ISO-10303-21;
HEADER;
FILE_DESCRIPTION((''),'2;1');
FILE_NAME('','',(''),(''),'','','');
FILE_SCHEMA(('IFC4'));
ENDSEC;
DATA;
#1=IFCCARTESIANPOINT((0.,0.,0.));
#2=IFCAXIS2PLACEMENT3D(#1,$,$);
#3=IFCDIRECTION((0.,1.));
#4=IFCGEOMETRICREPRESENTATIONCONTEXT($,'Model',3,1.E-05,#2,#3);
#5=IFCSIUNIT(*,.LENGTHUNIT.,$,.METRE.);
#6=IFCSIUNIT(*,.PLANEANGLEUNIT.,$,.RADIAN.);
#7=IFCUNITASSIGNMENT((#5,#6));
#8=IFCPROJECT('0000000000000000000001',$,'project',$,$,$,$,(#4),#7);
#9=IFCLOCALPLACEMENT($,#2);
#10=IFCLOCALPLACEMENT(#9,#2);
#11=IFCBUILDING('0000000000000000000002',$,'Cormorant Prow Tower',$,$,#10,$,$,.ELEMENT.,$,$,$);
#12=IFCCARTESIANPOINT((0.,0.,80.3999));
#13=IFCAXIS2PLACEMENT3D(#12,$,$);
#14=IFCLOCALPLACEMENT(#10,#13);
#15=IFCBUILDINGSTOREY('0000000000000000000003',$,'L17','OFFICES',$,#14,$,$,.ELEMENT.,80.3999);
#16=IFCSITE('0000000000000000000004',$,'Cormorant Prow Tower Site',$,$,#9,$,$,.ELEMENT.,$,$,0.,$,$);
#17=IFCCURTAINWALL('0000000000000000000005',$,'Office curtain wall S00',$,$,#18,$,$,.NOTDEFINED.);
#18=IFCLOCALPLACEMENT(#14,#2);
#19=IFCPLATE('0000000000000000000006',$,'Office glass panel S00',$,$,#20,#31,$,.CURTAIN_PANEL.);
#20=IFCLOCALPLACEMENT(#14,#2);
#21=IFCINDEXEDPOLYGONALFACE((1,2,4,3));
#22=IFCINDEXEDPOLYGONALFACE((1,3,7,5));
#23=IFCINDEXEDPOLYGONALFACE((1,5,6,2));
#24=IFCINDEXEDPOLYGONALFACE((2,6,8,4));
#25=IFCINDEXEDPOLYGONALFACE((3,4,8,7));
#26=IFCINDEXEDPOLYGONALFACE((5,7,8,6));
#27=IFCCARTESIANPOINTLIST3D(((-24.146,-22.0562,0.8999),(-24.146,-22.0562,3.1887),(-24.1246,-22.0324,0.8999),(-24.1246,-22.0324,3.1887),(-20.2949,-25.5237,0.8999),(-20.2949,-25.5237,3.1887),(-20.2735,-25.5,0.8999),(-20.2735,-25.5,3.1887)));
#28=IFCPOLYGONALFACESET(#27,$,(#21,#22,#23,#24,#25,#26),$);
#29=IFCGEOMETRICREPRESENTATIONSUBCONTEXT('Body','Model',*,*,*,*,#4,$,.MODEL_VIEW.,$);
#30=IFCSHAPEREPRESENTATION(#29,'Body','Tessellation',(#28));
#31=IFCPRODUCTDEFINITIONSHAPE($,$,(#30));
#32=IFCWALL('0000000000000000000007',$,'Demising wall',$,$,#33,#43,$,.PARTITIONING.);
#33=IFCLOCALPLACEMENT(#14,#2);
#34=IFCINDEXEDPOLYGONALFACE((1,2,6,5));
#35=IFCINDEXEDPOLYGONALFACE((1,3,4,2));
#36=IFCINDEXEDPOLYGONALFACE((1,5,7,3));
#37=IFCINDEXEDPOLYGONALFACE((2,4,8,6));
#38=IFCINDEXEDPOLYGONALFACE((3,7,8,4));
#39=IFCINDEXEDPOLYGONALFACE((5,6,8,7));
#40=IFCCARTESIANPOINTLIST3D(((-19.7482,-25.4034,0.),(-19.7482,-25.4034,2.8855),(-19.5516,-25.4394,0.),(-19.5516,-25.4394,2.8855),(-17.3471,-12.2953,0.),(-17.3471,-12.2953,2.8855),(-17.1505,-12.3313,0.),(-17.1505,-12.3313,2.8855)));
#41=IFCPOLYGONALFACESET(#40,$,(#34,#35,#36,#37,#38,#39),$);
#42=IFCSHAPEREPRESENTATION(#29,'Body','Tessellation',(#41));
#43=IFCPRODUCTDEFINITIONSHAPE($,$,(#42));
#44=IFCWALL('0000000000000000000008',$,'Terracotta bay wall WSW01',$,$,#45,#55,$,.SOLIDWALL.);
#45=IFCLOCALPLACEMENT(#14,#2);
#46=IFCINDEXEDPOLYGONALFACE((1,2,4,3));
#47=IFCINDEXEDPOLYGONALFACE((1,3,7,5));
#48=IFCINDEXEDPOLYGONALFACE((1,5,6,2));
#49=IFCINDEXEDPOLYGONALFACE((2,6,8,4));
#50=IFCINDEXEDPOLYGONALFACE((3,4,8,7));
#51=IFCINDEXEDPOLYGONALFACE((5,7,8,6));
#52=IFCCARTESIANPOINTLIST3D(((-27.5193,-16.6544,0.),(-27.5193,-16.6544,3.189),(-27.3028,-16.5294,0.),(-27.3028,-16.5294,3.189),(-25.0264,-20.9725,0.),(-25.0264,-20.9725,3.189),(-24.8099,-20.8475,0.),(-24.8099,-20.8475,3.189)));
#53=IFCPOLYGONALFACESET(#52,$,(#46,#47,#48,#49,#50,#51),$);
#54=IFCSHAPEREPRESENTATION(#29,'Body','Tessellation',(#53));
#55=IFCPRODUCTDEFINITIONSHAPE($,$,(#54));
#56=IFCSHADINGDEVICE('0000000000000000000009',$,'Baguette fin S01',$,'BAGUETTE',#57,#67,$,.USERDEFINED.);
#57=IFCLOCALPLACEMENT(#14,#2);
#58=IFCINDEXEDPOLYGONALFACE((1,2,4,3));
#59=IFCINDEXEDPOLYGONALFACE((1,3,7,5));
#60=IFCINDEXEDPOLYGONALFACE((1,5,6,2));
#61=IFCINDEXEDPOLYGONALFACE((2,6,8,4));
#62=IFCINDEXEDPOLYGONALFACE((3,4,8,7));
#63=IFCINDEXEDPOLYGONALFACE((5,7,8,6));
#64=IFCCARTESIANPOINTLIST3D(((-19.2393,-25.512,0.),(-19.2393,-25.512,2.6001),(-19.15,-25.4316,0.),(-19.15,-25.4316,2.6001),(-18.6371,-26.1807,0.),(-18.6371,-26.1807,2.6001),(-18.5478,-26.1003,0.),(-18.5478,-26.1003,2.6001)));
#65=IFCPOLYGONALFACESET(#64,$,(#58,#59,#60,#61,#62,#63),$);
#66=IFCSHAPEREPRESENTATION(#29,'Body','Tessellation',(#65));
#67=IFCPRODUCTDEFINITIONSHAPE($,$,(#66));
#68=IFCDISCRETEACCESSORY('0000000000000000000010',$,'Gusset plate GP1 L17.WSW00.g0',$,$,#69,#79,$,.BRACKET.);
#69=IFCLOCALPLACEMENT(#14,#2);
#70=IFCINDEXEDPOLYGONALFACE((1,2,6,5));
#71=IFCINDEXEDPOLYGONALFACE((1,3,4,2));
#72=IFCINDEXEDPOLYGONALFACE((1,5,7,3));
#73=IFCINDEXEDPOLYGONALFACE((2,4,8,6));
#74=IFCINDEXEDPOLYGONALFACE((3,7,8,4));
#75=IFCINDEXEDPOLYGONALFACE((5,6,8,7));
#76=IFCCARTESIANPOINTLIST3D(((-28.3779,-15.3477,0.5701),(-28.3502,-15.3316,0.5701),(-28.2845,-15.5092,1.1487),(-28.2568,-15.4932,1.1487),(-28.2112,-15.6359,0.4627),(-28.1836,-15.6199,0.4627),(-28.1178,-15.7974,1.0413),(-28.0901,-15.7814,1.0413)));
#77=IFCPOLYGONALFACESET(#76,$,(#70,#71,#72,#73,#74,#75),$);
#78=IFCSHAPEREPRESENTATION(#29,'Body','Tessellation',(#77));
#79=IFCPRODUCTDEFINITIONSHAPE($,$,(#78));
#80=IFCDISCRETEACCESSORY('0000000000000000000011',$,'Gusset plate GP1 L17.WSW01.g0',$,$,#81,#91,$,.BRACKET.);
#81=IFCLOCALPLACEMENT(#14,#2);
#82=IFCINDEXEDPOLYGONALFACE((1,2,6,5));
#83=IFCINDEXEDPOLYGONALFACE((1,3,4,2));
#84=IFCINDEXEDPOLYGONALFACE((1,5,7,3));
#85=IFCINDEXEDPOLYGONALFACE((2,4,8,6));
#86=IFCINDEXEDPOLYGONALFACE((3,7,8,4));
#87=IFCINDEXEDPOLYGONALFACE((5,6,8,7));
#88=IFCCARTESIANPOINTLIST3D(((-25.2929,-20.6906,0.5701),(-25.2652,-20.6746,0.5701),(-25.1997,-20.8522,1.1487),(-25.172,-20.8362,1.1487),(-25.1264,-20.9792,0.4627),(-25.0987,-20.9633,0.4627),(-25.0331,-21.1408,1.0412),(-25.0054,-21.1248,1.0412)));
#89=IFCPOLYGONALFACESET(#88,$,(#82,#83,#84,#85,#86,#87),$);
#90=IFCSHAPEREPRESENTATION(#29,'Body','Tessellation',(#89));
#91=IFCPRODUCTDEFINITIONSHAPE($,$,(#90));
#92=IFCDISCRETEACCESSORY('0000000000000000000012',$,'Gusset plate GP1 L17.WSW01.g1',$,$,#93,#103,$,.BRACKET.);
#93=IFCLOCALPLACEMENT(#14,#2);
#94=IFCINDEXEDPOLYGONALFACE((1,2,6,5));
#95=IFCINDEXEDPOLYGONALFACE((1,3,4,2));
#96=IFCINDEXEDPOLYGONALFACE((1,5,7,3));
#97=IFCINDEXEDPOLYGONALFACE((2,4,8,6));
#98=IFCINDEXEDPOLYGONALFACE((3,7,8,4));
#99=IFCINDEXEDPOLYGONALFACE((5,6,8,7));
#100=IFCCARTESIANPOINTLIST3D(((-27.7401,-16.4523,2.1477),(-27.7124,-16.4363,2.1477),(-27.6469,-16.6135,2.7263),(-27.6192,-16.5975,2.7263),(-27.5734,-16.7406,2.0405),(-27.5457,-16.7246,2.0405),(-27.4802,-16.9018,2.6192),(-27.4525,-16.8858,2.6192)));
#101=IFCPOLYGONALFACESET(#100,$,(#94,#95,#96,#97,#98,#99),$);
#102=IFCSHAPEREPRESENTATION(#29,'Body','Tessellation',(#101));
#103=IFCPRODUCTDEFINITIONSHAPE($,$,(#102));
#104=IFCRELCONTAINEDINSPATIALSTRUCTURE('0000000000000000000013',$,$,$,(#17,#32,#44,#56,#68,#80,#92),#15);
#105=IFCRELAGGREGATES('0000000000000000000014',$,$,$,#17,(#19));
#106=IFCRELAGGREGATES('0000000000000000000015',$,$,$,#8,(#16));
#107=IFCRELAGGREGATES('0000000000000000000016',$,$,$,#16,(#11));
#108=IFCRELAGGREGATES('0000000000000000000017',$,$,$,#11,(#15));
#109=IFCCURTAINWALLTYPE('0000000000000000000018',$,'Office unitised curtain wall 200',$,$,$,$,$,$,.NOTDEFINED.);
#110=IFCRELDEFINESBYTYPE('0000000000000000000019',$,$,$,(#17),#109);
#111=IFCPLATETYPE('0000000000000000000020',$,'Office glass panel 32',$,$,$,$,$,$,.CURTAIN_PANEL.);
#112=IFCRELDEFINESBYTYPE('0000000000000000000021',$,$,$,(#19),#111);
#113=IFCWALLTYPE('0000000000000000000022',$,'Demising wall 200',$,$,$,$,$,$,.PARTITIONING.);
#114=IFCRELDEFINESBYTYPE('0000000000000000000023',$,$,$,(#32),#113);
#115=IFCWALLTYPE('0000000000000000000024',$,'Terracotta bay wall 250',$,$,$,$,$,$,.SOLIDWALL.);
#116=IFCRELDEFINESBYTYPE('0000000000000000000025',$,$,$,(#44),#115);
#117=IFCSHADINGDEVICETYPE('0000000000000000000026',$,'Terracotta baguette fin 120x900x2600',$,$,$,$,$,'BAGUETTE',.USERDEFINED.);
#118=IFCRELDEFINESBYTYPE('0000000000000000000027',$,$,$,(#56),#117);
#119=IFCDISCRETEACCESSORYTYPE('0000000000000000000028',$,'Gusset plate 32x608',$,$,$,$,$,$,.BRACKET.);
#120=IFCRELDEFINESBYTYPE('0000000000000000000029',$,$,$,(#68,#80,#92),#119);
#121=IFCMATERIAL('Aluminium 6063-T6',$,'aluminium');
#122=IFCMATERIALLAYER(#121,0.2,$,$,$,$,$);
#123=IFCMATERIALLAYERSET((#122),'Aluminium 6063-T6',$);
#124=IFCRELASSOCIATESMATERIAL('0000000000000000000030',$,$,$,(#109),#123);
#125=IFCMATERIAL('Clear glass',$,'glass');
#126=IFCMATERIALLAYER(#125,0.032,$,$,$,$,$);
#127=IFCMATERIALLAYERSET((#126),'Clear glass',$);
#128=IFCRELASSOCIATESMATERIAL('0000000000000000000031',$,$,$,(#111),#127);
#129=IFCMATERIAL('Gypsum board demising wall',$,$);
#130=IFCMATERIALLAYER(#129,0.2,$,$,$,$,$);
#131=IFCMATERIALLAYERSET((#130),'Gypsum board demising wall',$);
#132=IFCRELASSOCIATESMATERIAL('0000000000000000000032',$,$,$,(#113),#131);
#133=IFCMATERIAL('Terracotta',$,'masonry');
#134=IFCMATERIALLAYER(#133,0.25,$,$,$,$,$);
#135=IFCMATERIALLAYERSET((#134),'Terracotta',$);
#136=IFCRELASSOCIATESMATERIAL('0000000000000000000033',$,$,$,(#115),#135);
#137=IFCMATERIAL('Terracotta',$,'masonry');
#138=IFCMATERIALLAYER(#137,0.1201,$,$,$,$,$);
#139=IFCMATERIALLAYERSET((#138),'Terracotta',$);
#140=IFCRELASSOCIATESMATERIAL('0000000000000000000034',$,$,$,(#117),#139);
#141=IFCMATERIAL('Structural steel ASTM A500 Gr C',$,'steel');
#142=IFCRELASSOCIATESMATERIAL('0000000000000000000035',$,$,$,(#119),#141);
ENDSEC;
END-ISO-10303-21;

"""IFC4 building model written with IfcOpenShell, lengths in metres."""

from ifc_helpers import new_model, si_unit, direction, frame, frame_2d, origin, origin_2d, place, context, subcontext, project, spatial, rectangle, extrude, material, layer, layer_set, material_profile, profile_set, type_object, element, aggregate, save


model = new_model("IFC4")

# Units and contexts
model_context = context("Model", 3, precision=1e-05, world=origin(), true_north=direction((0.0, 1.0)))
body_context = subcontext(model_context, "Body", "Model", "MODEL_VIEW")
ifc_project = project(units=[si_unit("LENGTHUNIT", "METRE"), si_unit("PLANEANGLEUNIT", "RADIAN")], contexts=[model_context])

# Site, building, storey
site_placement = place(None, origin())
site = spatial("IfcSite", under=ifc_project, at=site_placement, Name="Cormorant Prow Tower Site", CompositionType="ELEMENT", RefElevation=0.0)
building_placement = place(site_placement, origin())
building = spatial("IfcBuilding", under=site, at=building_placement, Name="Cormorant Prow Tower", CompositionType="ELEMENT")
storey_placement = place(building_placement, frame((0.0, 0.0, 80.3999)))
storey = spatial("IfcBuildingStorey", under=building, at=storey_placement, Name="L17", Description="OFFICES", CompositionType="ELEMENT", Elevation=80.3999)

# Curtain wall
ifc_material_1 = material(Name="Aluminium 6063-T6", Category="aluminium")
ifc_layer_1 = layer(ifc_material_1, 0.2)
ifc_layer_set_1 = layer_set([ifc_layer_1], Name="Aluminium 6063-T6")
curtain_wall_type = type_object("IfcCurtainWallType", Name="Office unitised curtain wall 200", PredefinedType="NOTDEFINED", material=ifc_layer_set_1)
curtain_wall_placement = place(storey_placement, origin())
curtain_wall = element("IfcCurtainWall", 1, at=curtain_wall_placement, inside=storey, type_object=curtain_wall_type, Name="Office curtain wall S00", PredefinedType="NOTDEFINED")

# Plate
ifc_material_2 = material(Name="Clear glass", Category="glass")
ifc_layer_2 = layer(ifc_material_2, 0.032)
ifc_layer_set_2 = layer_set([ifc_layer_2], Name="Clear glass")
plate_type = type_object("IfcPlateType", Name="Office glass panel 32", PredefinedType="CURTAIN_PANEL", material=ifc_layer_set_2)
plate_placement = place(storey_placement, frame((-22.2097, -23.7781, 0.8999), z_axis=(0.0, 0.0, 1.0), x_axis=(0.743145, -0.669131, 0.0)))
plate = element("IfcPlate", 2, at=plate_placement, type_object=plate_type, Name="Office glass panel S00", PredefinedType="CURTAIN_PANEL", context=body_context, shape_type="SweptSolid", body=[
    extrude(rectangle(XDim=5.1821, YDim=0.032, at=origin_2d()), origin(), (0.0, 0.0, 1.0), 2.2888),
])
aggregate(curtain_wall, [plate])

# Walls
ifc_material_3 = material(Name="Gypsum board demising wall")
ifc_layer_3 = layer(ifc_material_3, 0.2)
ifc_layer_set_3 = layer_set([ifc_layer_3], Name="Gypsum board demising wall")
wall_type_1 = type_object("IfcWallType", Name="Demising wall 200", PredefinedType="PARTITIONING", material=ifc_layer_set_3)
wall_1_placement = place(storey_placement, frame((-19.6499, -25.4214, 0.0), z_axis=(0.0, 0.0, 1.0), x_axis=(0.18018, 0.983634, 0.0)))
element("IfcWall", 3, at=wall_1_placement, inside=storey, type_object=wall_type_1, Name="Demising wall", PredefinedType="PARTITIONING", context=body_context, shape_type="SweptSolid", body=[
    extrude(rectangle(XDim=13.3262, YDim=0.2, at=frame_2d((6.6631, 0.0))), origin(), (0.0, 0.0, 1.0), 2.8855),
])
ifc_material_4 = material(Name="Terracotta", Category="masonry")
ifc_layer_4 = layer(ifc_material_4, 0.25)
ifc_layer_set_4 = layer_set([ifc_layer_4], Name="Terracotta")
wall_type_2 = type_object("IfcWallType", Name="Terracotta bay wall 250", PredefinedType="SOLIDWALL", material=ifc_layer_set_4)
wall_2_placement = place(storey_placement, frame((-27.4111, -16.5918, 0.0), z_axis=(0.0, 0.0, 1.0), x_axis=(0.499978, -0.866038, 0.0)))
element("IfcWall", 4, at=wall_2_placement, inside=storey, type_object=wall_type_2, Name="Terracotta bay wall WSW01", PredefinedType="SOLIDWALL", context=body_context, shape_type="SweptSolid", body=[
    extrude(rectangle(XDim=4.9861, YDim=0.25, at=frame_2d((2.4932, 0.0))), origin(), (0.0, 0.0, 1.0), 3.189),
])

# Shading device
ifc_material_5 = material(Name="Terracotta", Category="masonry")
ifc_layer_5 = layer(ifc_material_5, 0.1201)
ifc_layer_set_5 = layer_set([ifc_layer_5], Name="Terracotta")
shading_device_type = type_object("IfcShadingDeviceType", Name="Terracotta baguette fin 120x900x2600", ElementType="BAGUETTE", PredefinedType="USERDEFINED", material=ifc_layer_set_5)
shading_device_placement = place(storey_placement, frame((-18.8936, -25.8062, 0.0), z_axis=(0.0, 0.0, 1.0), x_axis=(0.743145, 0.669131, 0.0)))
element("IfcShadingDevice", 5, at=shading_device_placement, inside=storey, type_object=shading_device_type, Name="Baguette fin S01", ObjectType="BAGUETTE", PredefinedType="USERDEFINED", context=body_context, shape_type="SweptSolid", body=[
    extrude(rectangle(XDim=0.1201, YDim=0.8999, at=origin_2d()), origin(), (0.0, 0.0, 1.0), 2.6001),
])

# Discrete accessories
ifc_material_6 = material(Name="Structural steel ASTM A500 Gr C", Category="steel")
ifc_material_profile_1 = material_profile(ifc_material_6, rectangle(XDim=0.032, YDim=0.6079, at=origin_2d()), Name="Gusset plate 32x608")
ifc_profile_set_1 = profile_set([ifc_material_profile_1], Name="Structural steel ASTM A500 Gr C")
discrete_accessory_type = type_object("IfcDiscreteAccessoryType", Name="Gusset plate 32x608", PredefinedType="BRACKET", material=ifc_profile_set_1)
discrete_accessory_1_placement = place(storey_placement, frame((-28.3174, -15.4204, 0.8594), z_axis=(0.476465, -0.823872, -0.306946), x_axis=(0.86566, 0.500632, 0.0)))
element("IfcDiscreteAccessory", 6, at=discrete_accessory_1_placement, inside=storey, type_object=discrete_accessory_type, Name="Gusset plate GP1 L17.WSW00.g0", PredefinedType="BRACKET", context=body_context, shape_type="SweptSolid", body=[
    extrude(rectangle(XDim=0.032, YDim=0.6079, at=origin_2d()), origin(), (0.0, 0.0, 1.0), 0.3499),
])
discrete_accessory_2_placement = place(storey_placement, frame((-25.2324, -20.7634, 0.8594), z_axis=(0.475652, -0.82437, -0.306872), x_axis=(0.866161, 0.499765, 0.0)))
element("IfcDiscreteAccessory", 7, at=discrete_accessory_2_placement, inside=storey, type_object=discrete_accessory_type, Name="Gusset plate GP1 L17.WSW01.g0", PredefinedType="BRACKET", context=body_context, shape_type="SweptSolid", body=[
    extrude(rectangle(XDim=0.032, YDim=0.6079, at=origin_2d()), origin(), (0.0, 0.0, 1.0), 0.3501),
])
discrete_accessory_3_placement = place(storey_placement, frame((-27.5129, -16.8132, 2.3298), z_axis=(-0.476567, 0.824048, 0.306314), x_axis=(-0.86566, -0.500632, 0.0)))
element("IfcDiscreteAccessory", 8, at=discrete_accessory_3_placement, inside=storey, type_object=discrete_accessory_type, Name="Gusset plate GP1 L17.WSW01.g1", PredefinedType="BRACKET", context=body_context, shape_type="SweptSolid", body=[
    extrude(rectangle(XDim=0.032, YDim=0.6079, at=origin_2d()), origin(), (0.0, 0.0, 1.0), 0.3499),
])

save(model, "model.ifc")
